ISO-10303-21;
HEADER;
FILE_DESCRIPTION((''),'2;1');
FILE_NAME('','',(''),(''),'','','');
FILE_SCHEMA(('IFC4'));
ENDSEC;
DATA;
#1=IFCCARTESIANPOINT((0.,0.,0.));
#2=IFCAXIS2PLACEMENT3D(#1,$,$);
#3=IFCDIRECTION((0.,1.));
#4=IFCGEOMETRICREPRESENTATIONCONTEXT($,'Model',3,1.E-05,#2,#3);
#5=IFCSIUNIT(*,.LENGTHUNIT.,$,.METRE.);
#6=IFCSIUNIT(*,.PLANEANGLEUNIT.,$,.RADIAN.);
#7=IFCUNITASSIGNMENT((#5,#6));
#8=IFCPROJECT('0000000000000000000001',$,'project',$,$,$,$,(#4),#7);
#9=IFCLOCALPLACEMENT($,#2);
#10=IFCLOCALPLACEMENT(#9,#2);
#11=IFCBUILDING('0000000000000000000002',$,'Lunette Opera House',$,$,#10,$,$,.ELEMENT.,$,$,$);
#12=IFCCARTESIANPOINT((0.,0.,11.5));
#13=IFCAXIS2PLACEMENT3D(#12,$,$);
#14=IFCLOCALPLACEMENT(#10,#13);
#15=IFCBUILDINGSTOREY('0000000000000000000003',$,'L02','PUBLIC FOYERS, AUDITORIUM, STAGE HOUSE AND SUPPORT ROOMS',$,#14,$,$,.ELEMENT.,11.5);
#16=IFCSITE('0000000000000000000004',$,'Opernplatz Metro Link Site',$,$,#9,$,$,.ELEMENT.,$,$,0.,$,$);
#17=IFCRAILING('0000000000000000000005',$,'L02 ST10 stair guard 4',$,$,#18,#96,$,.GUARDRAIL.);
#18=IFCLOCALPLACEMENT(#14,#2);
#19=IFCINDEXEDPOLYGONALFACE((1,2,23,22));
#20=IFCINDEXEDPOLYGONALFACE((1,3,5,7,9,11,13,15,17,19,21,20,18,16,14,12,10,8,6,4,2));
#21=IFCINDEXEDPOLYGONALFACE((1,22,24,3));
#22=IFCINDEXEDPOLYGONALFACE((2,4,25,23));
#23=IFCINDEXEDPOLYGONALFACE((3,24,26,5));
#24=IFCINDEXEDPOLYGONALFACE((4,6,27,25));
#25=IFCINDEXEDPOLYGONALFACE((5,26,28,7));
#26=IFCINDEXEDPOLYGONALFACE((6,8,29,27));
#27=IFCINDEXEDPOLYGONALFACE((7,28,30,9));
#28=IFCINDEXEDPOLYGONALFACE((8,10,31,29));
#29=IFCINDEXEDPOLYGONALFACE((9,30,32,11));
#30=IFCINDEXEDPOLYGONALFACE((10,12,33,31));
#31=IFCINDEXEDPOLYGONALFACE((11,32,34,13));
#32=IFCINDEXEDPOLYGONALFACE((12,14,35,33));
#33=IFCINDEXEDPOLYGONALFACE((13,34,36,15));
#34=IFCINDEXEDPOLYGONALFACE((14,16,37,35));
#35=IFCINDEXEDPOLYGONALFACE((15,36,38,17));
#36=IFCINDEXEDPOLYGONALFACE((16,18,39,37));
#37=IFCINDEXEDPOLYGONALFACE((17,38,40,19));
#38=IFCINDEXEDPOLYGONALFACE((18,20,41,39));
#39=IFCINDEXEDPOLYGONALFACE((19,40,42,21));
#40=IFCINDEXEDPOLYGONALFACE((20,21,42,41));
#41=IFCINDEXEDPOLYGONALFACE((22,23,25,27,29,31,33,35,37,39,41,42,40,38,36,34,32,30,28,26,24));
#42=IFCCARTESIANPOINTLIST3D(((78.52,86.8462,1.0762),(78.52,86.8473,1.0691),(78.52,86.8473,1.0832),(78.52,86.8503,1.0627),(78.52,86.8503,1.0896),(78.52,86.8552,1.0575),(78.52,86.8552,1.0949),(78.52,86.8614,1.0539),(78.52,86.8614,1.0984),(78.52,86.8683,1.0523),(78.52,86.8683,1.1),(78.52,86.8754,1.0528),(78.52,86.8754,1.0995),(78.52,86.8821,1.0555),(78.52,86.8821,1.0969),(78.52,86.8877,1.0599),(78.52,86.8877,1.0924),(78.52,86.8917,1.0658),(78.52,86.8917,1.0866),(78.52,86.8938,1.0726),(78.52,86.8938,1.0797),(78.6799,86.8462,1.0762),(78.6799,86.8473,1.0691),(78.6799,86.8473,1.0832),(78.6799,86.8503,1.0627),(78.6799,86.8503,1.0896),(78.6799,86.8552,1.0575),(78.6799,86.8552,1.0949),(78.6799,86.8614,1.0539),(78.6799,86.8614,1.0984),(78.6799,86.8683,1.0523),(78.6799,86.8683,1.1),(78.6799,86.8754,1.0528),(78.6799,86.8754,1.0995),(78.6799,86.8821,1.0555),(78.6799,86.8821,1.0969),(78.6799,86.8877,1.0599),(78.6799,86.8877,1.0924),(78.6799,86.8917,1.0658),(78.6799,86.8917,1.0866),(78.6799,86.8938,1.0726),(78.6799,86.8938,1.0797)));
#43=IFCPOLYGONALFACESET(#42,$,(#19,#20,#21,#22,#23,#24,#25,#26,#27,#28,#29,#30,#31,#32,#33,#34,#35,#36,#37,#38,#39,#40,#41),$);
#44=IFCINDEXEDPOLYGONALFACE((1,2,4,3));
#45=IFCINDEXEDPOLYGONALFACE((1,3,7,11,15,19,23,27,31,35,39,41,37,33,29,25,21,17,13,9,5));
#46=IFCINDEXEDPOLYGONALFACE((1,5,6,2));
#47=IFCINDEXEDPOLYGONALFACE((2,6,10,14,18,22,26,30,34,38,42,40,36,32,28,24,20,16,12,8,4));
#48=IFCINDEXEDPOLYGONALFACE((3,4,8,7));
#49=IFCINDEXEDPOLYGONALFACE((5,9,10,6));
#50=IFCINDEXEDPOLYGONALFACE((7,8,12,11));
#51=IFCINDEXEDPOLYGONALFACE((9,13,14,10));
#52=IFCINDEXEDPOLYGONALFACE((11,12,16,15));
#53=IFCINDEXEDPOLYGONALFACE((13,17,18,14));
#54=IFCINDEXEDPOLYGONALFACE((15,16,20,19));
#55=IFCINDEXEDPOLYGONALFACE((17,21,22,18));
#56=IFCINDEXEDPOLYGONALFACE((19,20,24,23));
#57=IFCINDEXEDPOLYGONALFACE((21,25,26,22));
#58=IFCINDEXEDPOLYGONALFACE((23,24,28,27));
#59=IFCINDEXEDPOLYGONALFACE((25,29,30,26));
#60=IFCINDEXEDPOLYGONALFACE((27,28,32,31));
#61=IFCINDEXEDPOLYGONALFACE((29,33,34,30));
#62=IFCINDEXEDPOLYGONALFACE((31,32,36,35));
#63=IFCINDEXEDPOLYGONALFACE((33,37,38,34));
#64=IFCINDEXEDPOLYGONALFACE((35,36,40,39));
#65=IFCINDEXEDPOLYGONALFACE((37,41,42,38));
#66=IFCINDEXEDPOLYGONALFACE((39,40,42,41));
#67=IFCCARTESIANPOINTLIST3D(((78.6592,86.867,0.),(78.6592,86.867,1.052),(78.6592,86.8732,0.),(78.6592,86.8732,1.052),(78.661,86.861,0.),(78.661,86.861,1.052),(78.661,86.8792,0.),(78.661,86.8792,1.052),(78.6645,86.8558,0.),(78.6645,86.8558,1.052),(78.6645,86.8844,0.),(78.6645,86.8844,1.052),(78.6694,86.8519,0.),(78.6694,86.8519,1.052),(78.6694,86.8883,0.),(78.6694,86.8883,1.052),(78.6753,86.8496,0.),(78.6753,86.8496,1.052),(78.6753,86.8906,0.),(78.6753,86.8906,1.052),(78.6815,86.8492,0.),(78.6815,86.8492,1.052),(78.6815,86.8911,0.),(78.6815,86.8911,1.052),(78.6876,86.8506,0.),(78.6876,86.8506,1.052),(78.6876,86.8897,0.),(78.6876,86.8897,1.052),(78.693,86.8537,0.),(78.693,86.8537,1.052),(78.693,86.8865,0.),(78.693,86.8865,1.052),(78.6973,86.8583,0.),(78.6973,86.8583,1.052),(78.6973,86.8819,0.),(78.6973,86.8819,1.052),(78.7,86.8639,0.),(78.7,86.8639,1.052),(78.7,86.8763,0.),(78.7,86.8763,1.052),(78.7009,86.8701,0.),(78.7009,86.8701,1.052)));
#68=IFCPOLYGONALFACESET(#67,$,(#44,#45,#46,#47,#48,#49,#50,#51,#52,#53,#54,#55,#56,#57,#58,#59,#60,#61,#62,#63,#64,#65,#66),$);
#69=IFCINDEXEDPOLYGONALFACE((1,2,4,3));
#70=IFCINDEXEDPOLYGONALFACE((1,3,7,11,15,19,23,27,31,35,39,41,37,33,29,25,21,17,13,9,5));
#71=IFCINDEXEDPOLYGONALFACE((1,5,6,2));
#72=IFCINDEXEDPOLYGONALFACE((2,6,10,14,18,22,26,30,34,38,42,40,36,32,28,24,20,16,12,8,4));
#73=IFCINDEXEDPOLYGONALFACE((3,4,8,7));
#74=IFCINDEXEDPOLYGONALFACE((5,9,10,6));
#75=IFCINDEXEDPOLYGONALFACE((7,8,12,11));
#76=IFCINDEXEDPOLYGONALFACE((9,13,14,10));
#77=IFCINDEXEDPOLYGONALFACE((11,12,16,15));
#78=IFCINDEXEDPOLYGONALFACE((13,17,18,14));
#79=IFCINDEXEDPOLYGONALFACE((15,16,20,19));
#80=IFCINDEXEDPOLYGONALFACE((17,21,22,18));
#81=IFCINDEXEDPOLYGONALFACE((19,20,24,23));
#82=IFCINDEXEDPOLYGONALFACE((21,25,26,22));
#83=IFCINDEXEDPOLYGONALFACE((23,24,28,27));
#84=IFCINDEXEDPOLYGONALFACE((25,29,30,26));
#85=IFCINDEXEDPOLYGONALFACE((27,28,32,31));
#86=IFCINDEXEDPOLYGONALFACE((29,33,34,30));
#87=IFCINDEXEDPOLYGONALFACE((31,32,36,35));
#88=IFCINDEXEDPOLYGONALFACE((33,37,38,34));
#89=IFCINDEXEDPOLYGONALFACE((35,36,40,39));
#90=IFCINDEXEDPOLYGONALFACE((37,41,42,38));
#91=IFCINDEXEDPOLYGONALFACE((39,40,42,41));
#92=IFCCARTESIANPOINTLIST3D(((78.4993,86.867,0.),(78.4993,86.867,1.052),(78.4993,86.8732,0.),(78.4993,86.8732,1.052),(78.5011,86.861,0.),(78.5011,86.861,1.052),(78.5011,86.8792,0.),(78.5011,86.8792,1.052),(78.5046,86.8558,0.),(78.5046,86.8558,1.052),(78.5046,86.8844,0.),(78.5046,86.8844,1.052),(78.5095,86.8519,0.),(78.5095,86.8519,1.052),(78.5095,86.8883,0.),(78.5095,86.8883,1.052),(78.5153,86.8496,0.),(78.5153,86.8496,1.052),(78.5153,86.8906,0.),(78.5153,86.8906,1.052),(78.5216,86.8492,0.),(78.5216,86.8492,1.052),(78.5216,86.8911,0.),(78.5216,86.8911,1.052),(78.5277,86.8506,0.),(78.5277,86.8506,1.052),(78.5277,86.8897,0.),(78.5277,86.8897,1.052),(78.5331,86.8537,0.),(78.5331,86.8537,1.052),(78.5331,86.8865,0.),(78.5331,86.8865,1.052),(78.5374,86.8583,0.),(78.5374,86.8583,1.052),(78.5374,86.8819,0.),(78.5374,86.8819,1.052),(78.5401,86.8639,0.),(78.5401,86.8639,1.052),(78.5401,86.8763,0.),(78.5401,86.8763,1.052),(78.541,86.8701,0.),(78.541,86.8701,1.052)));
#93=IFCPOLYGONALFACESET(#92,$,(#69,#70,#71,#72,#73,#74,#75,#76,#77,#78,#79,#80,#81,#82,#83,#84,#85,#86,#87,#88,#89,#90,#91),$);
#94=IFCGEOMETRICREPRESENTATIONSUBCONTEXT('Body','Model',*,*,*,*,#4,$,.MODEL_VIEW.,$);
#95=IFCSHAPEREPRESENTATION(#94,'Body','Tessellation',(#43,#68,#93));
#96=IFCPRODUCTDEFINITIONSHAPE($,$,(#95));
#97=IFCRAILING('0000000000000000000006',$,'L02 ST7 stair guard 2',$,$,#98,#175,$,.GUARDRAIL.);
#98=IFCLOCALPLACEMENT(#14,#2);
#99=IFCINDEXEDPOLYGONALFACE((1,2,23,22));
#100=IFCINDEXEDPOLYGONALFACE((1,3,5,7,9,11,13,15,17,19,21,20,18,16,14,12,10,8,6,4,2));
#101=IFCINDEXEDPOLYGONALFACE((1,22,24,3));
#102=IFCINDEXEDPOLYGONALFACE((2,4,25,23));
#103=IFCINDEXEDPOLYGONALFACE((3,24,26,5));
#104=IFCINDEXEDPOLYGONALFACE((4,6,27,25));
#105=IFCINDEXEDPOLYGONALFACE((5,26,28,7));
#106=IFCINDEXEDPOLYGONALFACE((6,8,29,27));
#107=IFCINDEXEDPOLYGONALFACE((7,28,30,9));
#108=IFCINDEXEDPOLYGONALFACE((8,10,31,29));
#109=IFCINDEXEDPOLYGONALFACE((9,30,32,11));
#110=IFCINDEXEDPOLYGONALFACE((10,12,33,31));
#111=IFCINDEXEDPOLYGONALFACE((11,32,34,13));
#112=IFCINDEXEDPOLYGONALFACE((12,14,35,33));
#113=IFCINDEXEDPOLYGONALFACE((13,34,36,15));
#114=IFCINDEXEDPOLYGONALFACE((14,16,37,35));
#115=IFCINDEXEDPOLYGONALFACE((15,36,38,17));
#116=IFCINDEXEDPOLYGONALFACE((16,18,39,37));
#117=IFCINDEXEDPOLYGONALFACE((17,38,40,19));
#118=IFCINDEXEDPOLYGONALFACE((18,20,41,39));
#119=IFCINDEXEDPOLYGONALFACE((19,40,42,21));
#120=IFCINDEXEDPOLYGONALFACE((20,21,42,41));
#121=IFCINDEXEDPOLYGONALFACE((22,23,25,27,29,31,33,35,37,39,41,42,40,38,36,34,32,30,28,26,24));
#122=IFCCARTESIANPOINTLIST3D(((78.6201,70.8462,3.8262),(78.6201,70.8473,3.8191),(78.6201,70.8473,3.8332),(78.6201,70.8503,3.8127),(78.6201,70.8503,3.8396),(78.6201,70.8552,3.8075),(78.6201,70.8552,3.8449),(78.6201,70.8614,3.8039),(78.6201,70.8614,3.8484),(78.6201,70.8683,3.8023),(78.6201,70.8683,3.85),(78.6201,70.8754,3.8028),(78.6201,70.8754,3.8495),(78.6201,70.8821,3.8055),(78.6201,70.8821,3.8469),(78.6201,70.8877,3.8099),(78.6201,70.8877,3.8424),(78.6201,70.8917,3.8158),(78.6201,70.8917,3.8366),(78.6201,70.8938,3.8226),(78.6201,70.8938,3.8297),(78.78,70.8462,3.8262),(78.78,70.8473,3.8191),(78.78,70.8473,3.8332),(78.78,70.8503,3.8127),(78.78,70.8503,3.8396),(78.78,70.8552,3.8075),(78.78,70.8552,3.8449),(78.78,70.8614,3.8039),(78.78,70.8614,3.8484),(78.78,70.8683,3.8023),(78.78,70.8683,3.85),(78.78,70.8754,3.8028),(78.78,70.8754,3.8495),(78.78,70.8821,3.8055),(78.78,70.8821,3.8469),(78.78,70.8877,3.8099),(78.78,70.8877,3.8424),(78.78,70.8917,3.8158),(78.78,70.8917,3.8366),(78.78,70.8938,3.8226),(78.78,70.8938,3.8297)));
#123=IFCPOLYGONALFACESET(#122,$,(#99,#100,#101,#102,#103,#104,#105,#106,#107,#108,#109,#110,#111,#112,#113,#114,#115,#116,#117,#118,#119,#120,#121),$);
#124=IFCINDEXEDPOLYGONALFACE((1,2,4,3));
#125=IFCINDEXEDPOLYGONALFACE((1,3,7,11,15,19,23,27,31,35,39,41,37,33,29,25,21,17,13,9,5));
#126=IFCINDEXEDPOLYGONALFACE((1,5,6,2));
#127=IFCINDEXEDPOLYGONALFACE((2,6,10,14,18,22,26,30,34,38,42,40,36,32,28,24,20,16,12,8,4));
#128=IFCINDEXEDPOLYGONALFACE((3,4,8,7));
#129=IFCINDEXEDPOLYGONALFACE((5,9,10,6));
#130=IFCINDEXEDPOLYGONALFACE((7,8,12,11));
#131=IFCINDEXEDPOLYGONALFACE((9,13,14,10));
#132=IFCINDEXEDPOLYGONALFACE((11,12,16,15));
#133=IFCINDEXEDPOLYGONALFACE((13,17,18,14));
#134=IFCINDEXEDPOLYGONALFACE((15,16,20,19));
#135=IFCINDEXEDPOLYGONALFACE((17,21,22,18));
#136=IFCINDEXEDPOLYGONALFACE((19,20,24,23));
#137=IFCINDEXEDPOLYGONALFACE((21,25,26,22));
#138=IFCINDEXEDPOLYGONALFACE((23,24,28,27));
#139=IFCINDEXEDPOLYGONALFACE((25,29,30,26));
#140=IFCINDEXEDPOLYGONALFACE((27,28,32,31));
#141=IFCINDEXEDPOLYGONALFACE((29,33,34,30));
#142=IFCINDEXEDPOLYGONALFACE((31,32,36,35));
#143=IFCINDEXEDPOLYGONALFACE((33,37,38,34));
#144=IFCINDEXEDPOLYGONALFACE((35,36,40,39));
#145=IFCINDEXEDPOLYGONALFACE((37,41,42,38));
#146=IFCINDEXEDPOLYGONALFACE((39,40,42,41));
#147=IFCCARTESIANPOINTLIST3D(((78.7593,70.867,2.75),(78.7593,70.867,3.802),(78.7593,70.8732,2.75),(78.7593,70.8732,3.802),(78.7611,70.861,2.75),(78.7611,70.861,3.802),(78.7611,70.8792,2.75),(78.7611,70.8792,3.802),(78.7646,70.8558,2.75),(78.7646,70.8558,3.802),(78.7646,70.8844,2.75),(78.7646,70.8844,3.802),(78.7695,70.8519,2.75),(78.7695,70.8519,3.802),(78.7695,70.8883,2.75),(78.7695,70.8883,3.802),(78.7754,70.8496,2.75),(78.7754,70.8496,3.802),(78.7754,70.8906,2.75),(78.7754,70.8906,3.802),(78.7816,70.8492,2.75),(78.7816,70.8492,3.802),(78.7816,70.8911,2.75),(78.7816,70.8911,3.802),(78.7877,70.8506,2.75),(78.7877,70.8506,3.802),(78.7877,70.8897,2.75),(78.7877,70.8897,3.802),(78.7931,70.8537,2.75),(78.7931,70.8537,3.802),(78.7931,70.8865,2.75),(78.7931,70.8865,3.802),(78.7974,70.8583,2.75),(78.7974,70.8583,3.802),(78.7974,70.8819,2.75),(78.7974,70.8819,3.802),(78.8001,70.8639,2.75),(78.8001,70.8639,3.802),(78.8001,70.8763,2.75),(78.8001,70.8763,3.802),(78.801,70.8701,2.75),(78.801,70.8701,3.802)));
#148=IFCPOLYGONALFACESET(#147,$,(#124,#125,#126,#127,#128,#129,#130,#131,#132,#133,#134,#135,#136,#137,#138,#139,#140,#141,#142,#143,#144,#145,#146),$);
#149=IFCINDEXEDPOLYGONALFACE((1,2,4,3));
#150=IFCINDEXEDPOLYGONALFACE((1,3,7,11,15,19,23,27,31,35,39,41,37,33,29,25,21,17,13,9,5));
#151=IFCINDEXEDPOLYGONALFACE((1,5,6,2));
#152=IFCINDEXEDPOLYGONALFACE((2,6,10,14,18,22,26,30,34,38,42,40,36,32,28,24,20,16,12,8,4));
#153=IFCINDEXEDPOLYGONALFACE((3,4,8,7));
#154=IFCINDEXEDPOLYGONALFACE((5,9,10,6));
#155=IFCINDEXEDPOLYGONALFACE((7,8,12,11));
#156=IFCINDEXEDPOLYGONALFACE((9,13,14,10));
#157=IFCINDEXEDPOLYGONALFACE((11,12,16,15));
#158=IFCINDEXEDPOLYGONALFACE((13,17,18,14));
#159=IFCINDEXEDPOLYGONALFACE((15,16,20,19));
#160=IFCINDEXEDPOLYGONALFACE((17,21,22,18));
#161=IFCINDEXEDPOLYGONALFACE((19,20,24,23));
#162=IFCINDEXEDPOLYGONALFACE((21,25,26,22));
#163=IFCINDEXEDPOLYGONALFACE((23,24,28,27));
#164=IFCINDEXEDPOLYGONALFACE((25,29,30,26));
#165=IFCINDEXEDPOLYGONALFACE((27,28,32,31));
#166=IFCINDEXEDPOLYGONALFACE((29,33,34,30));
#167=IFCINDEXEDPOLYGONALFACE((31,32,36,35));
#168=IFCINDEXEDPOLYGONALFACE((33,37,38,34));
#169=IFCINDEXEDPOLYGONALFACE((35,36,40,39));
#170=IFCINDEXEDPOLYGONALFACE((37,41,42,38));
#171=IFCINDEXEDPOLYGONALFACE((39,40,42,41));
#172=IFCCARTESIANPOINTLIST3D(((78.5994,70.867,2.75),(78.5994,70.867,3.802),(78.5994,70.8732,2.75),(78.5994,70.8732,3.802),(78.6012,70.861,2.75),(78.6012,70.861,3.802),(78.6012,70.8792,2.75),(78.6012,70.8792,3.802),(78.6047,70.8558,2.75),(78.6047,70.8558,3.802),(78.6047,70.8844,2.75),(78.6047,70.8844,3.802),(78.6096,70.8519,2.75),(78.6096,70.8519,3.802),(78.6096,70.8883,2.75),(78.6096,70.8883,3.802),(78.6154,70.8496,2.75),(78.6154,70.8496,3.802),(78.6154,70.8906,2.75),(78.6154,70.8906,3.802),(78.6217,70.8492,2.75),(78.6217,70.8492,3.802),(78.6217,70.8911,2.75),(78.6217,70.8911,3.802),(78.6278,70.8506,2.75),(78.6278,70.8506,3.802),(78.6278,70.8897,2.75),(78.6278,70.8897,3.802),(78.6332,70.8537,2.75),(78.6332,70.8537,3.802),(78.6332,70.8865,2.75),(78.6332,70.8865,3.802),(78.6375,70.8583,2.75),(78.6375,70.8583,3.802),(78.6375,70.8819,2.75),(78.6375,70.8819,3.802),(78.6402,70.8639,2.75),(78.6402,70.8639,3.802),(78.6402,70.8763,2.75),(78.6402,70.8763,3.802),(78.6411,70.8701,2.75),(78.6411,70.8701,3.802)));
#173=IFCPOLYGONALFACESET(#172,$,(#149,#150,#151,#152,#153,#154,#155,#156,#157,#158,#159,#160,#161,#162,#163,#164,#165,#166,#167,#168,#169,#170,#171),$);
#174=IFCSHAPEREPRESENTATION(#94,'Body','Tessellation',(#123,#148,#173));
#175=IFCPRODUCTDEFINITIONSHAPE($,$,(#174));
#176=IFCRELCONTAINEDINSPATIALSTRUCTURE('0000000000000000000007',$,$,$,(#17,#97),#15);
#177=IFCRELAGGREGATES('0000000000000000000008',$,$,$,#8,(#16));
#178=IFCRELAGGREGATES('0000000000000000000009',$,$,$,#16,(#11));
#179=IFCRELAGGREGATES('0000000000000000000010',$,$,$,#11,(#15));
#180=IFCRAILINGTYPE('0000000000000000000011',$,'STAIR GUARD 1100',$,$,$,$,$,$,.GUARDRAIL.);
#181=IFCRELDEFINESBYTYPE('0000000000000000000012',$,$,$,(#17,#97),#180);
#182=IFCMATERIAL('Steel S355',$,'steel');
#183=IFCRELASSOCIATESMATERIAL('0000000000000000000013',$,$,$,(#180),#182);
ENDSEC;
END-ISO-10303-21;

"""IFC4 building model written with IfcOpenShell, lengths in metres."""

from ifc_helpers import new_model, si_unit, direction, frame, origin, origin_2d, place, context, subcontext, project, spatial, circle, extrude, material, type_object, element, save


model = new_model("IFC4")

# Units and contexts
model_context = context("Model", 3, precision=1e-05, world=origin(), true_north=direction((0.0, 1.0)))
body_context = subcontext(model_context, "Body", "Model", "MODEL_VIEW")
ifc_project = project(units=[si_unit("LENGTHUNIT", "METRE"), si_unit("PLANEANGLEUNIT", "RADIAN")], contexts=[model_context])

# Site, building, storey
site_placement = place(None, origin())
site = spatial("IfcSite", under=ifc_project, at=site_placement, Name="Opernplatz Metro Link Site", CompositionType="ELEMENT", RefElevation=0.0)
building_placement = place(site_placement, origin())
building = spatial("IfcBuilding", under=site, at=building_placement, Name="Lunette Opera House", CompositionType="ELEMENT")
storey_placement = place(building_placement, frame((0.0, 0.0, 11.5)))
storey = spatial("IfcBuildingStorey", under=building, at=storey_placement, Name="L02", Description="PUBLIC FOYERS, AUDITORIUM, STAGE HOUSE AND SUPPORT ROOMS", CompositionType="ELEMENT", Elevation=11.5)

# Railings
ifc_material_1 = material(Name="Steel S355", Category="steel")
railing_type_1 = type_object("IfcRailingType", Name="STAIR GUARD 1100", PredefinedType="GUARDRAIL", material=ifc_material_1)
for number, where, name in (
    (1, (78.6799, 86.8701, 0.0), "L02 ST10 stair guard 4"),
    (2, (78.78, 70.8701, 2.75), "L02 ST7 stair guard 2"),
):
    element("IfcRailing", number, at=place(storey_placement, frame(where)), inside=storey, type_object=railing_type_1, Name=name, PredefinedType="GUARDRAIL", context=body_context, shape_type="SweptSolid", body=[
        extrude(circle(Radius=0.0239, at=origin_2d()), frame((0.0, 0.0, 1.0762), z_axis=(-1.0, 0.0, 0.0), x_axis=(0.0, -1.0, 0.0)), (0.0, 0.0, 1.0), 0.1599),
        extrude(circle(Radius=0.021, at=origin_2d()), origin(), (0.0, 0.0, 1.0), 1.052),
        extrude(circle(Radius=0.021, at=origin_2d()), frame((-0.1599, 0.0, 0.0)), (0.0, 0.0, 1.0), 1.052),
    ])

save(model, "model.ifc")
